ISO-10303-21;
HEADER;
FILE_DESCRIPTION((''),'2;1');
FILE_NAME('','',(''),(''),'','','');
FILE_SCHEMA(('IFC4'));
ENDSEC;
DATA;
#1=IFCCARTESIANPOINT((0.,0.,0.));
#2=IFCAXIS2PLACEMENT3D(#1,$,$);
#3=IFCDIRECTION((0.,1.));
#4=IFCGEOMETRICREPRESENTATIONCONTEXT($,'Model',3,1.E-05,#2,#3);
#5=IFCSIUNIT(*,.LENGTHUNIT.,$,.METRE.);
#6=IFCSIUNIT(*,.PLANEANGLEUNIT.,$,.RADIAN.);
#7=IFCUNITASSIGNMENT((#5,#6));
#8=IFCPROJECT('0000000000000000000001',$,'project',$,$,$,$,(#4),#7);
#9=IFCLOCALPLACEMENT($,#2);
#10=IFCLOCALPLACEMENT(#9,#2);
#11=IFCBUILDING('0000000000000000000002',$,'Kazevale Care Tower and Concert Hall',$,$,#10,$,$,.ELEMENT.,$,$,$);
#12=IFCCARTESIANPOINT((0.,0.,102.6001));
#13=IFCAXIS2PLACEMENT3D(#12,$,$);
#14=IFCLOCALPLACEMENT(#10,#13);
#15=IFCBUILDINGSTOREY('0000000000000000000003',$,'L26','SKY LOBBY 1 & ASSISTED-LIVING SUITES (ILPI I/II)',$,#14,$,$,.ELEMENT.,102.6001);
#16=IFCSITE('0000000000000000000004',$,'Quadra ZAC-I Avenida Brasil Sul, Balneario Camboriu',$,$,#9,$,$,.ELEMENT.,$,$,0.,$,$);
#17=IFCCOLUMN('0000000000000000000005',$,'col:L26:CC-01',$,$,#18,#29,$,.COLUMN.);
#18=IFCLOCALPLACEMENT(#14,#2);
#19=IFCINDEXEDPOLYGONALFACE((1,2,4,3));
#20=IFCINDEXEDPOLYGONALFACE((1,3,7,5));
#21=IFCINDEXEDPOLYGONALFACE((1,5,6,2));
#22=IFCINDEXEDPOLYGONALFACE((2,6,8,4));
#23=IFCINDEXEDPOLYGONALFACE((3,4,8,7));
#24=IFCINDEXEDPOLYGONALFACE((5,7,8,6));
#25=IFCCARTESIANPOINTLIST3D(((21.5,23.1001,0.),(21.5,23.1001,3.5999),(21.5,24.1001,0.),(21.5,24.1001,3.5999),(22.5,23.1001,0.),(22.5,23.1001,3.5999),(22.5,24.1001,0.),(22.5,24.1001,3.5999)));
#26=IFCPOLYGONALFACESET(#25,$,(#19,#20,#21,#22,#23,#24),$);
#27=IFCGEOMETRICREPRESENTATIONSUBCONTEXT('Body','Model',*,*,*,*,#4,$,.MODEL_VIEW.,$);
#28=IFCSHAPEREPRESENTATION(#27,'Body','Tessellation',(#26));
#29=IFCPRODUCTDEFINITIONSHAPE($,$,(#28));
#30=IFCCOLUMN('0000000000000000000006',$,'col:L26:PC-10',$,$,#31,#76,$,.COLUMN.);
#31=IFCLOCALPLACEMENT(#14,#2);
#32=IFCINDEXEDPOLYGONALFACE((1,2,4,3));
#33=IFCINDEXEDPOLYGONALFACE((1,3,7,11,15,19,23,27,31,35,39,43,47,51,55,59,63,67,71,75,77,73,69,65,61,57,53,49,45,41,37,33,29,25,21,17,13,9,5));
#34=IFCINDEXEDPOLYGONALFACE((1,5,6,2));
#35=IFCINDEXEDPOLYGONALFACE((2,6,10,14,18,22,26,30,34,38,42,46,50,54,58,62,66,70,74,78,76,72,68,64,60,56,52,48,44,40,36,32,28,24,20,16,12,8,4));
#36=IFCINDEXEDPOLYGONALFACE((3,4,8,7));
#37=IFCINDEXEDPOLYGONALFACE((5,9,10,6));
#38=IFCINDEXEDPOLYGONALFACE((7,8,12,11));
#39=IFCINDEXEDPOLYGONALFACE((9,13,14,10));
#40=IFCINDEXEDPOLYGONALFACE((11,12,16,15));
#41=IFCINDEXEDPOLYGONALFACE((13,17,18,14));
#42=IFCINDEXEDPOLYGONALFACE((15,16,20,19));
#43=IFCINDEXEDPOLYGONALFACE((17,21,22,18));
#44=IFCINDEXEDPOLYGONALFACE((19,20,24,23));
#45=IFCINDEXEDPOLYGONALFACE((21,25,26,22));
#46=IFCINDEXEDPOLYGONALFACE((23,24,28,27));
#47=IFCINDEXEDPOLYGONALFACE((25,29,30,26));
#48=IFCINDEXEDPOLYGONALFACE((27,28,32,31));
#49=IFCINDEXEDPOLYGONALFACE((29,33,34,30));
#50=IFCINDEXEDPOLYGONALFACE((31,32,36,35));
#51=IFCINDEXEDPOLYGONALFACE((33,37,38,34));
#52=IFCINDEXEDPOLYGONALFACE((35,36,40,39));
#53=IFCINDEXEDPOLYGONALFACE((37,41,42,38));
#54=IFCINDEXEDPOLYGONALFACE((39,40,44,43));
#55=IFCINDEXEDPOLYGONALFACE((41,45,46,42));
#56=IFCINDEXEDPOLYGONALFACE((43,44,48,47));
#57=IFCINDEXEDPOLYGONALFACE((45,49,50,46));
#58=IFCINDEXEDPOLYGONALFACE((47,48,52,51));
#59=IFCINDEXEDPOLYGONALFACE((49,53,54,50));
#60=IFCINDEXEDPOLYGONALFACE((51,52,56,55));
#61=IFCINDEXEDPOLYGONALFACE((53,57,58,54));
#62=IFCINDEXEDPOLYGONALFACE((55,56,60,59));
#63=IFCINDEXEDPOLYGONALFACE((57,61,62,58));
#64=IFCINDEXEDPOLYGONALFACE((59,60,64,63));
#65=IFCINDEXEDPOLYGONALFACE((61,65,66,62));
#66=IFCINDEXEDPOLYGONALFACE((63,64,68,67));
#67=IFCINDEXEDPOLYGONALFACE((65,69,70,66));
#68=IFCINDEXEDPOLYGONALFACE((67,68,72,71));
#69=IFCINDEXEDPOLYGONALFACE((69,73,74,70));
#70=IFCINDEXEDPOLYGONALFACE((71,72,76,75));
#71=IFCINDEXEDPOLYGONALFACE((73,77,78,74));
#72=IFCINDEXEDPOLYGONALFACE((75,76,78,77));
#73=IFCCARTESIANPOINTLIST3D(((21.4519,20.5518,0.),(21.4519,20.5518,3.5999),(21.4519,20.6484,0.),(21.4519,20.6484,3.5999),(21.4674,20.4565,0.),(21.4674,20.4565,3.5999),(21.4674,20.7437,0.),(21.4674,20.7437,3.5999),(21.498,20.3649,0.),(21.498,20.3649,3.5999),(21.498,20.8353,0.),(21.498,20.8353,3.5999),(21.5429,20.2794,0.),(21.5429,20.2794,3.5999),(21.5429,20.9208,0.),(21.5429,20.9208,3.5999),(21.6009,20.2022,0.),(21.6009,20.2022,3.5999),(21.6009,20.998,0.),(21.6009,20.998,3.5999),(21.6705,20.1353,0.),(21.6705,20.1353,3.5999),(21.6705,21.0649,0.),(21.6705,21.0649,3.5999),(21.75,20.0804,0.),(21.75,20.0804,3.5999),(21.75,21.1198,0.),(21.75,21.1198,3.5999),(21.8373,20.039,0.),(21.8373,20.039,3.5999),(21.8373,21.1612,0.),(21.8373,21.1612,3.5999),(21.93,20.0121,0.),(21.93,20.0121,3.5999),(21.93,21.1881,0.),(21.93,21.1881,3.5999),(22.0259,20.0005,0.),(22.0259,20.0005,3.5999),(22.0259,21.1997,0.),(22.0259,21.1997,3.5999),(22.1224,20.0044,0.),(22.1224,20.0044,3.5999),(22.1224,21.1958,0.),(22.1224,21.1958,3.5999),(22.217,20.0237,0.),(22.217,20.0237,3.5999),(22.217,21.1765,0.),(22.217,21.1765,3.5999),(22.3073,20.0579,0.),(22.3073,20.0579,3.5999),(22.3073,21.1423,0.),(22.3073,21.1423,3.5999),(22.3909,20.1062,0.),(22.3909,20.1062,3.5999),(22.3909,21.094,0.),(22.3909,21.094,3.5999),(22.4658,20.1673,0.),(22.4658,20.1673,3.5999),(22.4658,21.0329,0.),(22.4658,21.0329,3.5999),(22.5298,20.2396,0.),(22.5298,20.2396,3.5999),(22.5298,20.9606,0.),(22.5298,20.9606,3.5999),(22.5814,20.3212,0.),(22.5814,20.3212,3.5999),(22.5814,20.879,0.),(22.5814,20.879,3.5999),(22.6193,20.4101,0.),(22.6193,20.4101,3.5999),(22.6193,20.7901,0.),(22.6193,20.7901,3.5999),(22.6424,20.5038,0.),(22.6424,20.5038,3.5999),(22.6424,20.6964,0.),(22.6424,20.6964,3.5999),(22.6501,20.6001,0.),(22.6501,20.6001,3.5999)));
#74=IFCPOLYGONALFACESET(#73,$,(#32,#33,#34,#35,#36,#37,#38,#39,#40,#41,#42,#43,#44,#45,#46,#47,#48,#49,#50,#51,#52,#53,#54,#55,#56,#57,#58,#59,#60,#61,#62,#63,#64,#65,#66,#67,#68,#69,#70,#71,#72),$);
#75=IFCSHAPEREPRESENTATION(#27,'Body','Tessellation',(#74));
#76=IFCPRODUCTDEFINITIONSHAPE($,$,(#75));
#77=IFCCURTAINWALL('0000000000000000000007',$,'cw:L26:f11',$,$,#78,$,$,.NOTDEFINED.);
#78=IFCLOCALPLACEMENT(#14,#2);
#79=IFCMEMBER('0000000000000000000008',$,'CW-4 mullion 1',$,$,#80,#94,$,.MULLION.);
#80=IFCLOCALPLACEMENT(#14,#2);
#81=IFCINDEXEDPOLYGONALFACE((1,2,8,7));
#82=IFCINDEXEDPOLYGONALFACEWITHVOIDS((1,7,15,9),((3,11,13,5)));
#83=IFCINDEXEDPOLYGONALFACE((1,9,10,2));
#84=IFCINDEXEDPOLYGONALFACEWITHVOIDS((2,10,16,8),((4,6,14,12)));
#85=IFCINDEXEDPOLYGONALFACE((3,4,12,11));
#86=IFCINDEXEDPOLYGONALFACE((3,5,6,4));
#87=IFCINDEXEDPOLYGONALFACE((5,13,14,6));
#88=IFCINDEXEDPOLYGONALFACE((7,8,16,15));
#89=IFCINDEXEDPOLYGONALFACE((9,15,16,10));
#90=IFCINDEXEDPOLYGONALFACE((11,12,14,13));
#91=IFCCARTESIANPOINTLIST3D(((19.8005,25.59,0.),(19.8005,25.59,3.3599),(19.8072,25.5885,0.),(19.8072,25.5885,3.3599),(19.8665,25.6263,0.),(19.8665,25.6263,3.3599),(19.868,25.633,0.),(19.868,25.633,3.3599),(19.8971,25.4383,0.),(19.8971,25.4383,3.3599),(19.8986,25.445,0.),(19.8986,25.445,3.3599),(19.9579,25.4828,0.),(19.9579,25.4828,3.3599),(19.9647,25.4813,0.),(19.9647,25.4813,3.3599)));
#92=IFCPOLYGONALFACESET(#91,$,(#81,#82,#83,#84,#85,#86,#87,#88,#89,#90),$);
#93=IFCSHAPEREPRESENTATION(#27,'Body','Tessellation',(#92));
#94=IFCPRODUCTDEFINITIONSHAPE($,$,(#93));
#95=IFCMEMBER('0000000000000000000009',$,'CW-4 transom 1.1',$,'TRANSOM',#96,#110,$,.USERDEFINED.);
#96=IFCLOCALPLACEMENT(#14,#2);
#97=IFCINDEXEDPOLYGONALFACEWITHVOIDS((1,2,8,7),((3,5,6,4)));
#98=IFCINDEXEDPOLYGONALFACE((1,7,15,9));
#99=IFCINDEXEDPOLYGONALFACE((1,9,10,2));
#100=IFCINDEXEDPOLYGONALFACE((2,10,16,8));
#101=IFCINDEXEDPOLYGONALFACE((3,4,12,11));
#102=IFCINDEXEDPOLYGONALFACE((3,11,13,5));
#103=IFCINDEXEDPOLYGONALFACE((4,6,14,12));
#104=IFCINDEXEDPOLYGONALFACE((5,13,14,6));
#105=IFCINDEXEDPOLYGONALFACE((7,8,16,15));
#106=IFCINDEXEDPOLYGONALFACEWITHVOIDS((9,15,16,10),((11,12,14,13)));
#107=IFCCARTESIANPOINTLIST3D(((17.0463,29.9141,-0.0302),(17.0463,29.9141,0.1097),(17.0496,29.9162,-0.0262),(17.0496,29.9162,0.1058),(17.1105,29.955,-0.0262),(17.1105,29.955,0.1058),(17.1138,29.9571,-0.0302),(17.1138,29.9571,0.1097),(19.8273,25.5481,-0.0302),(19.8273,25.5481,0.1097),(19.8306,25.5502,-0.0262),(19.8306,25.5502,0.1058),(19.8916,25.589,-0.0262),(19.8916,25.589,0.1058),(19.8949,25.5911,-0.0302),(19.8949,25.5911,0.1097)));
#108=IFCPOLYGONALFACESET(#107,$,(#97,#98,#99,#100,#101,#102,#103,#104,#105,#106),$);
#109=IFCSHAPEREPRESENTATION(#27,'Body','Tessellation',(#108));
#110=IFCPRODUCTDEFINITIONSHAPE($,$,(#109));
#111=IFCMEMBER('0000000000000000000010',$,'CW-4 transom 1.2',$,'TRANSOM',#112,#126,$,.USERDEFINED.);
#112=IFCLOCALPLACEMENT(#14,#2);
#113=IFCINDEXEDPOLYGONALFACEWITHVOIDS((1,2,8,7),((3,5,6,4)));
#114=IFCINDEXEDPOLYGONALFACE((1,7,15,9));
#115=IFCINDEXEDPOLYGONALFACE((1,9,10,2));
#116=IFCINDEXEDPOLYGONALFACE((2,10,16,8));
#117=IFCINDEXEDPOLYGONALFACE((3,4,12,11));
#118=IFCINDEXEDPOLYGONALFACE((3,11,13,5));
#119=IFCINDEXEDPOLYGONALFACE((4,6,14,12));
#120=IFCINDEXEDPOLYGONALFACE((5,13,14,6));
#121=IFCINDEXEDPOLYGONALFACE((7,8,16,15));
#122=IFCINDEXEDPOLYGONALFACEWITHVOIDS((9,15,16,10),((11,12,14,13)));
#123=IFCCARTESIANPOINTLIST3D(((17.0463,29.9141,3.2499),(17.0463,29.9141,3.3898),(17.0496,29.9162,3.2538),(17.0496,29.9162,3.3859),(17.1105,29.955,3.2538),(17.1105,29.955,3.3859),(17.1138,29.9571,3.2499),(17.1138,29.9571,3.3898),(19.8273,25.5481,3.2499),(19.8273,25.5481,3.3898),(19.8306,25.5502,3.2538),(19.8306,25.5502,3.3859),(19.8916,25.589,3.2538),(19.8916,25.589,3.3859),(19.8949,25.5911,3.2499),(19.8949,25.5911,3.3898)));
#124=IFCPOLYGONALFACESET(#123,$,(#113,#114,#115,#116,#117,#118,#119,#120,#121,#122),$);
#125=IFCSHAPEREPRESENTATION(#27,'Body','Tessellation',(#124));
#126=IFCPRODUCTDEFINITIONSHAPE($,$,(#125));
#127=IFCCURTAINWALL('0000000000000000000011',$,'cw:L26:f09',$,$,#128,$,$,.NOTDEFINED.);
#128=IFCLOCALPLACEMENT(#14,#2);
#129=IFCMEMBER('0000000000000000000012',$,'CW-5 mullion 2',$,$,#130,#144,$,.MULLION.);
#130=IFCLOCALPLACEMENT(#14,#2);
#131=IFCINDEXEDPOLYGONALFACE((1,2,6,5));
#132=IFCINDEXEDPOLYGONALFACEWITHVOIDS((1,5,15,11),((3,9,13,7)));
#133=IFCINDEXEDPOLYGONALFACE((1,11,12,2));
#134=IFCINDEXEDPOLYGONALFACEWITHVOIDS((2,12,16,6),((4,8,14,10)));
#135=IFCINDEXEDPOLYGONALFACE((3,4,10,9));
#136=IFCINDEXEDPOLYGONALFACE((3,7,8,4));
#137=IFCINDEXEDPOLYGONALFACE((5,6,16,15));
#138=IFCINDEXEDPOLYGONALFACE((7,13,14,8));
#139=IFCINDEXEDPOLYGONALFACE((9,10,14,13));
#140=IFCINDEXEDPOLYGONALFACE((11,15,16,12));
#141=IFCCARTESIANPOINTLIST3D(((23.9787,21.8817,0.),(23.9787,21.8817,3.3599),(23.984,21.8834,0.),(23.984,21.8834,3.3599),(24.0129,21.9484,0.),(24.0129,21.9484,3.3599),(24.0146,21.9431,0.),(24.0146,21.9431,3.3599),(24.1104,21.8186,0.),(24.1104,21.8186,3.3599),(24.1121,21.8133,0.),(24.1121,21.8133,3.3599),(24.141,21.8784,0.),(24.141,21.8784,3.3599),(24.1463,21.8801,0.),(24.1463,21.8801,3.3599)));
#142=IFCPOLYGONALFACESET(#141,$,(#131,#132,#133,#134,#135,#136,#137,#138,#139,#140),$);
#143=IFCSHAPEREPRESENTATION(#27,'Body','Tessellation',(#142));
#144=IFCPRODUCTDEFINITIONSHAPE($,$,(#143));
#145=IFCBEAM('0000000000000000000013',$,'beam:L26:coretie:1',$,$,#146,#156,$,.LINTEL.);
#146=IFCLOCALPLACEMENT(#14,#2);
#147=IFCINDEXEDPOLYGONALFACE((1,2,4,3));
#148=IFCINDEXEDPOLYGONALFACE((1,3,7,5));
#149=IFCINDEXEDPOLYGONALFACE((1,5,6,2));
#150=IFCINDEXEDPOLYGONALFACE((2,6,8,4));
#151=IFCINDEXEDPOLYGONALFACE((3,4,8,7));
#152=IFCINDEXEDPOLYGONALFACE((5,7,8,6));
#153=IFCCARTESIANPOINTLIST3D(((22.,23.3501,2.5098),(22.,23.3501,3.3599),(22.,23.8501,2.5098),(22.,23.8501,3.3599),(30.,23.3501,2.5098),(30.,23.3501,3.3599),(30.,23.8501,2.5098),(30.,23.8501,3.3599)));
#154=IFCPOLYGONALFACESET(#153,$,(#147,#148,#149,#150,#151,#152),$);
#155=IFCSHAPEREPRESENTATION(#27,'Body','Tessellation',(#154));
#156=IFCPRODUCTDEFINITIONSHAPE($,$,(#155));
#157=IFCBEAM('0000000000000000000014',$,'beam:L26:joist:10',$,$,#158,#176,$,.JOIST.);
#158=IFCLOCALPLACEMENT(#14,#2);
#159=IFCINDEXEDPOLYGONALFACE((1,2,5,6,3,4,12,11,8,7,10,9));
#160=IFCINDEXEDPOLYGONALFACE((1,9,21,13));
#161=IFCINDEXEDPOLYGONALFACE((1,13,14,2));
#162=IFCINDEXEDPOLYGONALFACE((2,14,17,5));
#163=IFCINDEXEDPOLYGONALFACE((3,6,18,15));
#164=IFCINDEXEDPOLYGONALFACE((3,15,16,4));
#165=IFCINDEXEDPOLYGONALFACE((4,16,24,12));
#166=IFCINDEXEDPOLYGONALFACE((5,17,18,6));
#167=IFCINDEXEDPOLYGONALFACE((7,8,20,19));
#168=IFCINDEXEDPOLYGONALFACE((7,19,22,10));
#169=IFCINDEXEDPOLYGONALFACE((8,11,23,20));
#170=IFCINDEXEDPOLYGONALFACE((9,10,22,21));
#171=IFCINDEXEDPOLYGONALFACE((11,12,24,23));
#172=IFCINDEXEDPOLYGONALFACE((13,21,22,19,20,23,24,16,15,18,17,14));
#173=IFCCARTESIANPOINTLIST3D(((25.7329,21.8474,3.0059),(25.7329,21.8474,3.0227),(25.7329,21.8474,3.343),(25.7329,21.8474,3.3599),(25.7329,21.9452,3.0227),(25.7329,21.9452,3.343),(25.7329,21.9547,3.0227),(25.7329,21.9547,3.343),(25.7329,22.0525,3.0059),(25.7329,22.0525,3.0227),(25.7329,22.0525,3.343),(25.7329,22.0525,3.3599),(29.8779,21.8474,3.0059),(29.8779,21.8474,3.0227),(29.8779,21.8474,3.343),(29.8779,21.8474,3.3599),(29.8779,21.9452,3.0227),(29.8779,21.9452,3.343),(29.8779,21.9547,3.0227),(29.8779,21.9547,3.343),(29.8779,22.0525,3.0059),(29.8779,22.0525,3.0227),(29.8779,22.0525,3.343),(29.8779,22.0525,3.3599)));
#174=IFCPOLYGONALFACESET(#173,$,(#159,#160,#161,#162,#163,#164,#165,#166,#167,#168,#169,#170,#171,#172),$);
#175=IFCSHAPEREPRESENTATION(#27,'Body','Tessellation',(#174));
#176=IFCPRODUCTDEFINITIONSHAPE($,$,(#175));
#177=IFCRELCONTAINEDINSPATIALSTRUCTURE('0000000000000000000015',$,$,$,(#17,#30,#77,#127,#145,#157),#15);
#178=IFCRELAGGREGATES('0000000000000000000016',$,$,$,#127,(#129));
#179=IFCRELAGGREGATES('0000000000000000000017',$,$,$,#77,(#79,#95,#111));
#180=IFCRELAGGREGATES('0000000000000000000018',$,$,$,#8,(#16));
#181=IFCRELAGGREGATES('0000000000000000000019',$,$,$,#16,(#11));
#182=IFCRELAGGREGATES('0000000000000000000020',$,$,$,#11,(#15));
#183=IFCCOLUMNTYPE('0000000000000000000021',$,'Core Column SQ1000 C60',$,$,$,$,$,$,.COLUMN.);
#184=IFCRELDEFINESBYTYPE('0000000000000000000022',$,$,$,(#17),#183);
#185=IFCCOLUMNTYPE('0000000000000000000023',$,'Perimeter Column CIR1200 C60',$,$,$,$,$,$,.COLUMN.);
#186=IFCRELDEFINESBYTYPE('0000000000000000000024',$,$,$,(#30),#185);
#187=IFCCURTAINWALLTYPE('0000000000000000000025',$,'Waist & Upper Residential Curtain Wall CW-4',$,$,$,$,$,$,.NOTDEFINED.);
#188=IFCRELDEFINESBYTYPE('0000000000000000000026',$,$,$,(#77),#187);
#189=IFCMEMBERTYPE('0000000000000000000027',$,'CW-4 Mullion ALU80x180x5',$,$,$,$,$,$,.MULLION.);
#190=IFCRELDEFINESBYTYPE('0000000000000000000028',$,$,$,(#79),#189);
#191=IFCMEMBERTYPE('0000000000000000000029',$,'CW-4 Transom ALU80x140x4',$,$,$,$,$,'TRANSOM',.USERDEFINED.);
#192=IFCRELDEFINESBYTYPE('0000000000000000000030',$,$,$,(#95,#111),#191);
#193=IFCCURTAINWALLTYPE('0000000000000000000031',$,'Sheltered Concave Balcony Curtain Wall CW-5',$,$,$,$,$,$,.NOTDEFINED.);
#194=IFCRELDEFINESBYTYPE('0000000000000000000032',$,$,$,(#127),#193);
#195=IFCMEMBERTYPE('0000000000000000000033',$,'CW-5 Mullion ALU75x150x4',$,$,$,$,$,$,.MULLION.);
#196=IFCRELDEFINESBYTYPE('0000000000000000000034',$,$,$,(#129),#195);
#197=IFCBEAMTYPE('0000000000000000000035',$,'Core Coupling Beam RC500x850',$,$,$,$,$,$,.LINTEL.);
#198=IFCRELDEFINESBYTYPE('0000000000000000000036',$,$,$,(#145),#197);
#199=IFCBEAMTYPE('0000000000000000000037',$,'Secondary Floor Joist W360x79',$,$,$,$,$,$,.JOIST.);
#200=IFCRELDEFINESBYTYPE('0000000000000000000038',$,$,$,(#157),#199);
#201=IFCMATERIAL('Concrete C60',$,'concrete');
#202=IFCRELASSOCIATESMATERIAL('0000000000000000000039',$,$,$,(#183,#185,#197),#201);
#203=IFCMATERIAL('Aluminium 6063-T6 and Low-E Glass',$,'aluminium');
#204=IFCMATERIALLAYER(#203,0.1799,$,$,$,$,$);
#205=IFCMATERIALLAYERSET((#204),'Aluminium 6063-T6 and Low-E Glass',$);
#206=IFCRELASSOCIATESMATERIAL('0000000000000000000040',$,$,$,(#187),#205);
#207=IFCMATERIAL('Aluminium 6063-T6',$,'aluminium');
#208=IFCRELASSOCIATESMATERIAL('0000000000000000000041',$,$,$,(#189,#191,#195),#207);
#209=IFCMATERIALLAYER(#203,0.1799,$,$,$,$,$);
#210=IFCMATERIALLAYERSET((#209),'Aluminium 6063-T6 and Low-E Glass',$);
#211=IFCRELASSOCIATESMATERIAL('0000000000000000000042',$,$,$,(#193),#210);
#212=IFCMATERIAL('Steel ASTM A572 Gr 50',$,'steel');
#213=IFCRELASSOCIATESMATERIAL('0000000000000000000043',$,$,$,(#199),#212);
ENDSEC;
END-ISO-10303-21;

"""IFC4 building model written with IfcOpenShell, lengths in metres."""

from ifc_helpers import new_model, si_unit, direction, frame, origin, origin_2d, place, context, subcontext, project, spatial, rectangle, hollow_rectangle, circle, i_section, extrude, material, layer, layer_set, material_profile, profile_set, type_object, element, aggregate, save


model = new_model("IFC4")

# Units and contexts
model_context = context("Model", 3, precision=1e-05, world=origin(), true_north=direction((0.0, 1.0)))
body_context = subcontext(model_context, "Body", "Model", "MODEL_VIEW")
ifc_project = project(units=[si_unit("LENGTHUNIT", "METRE"), si_unit("PLANEANGLEUNIT", "RADIAN")], contexts=[model_context])

# Site, building, storey
site_placement = place(None, origin())
site = spatial("IfcSite", under=ifc_project, at=site_placement, Name="Quadra ZAC-I Avenida Brasil Sul, Balneario Camboriu", CompositionType="ELEMENT", RefElevation=0.0)
building_placement = place(site_placement, origin())
building = spatial("IfcBuilding", under=site, at=building_placement, Name="Kazevale Care Tower and Concert Hall", CompositionType="ELEMENT")
storey_placement = place(building_placement, frame((0.0, 0.0, 102.6001)))
storey = spatial("IfcBuildingStorey", under=building, at=storey_placement, Name="L26", Description="SKY LOBBY 1 & ASSISTED-LIVING SUITES (ILPI I/II)", CompositionType="ELEMENT", Elevation=102.6001)

# Columns
ifc_material_1 = material(Name="Concrete C60", Category="concrete")
ifc_material_profile_1 = material_profile(ifc_material_1, rectangle(XDim=1.0, YDim=1.0, at=origin_2d()), Name="RC-SQ1000")
ifc_profile_set_1 = profile_set([ifc_material_profile_1], Name="Concrete C60")
column_type_1 = type_object("IfcColumnType", Name="Core Column SQ1000 C60", PredefinedType="COLUMN", material=ifc_profile_set_1)
column_1_placement = place(storey_placement, frame((22.0, 23.6001, 0.0), z_axis=(0.0, 0.0, 1.0), x_axis=(1.0, 0.0, 0.0)))
element("IfcColumn", 1, at=column_1_placement, inside=storey, type_object=column_type_1, Name="col:L26:CC-01", PredefinedType="COLUMN", context=body_context, shape_type="SweptSolid", body=[
    extrude(rectangle(XDim=1.0, YDim=1.0, at=origin_2d()), origin(), (0.0, 0.0, 1.0), 3.5999),
])
ifc_material_profile_2 = material_profile(ifc_material_1, circle(Radius=0.6001, at=origin_2d()), Name="RC-CIR1200")
ifc_profile_set_2 = profile_set([ifc_material_profile_2], Name="Concrete C60")
column_type_2 = type_object("IfcColumnType", Name="Perimeter Column CIR1200 C60", PredefinedType="COLUMN", material=ifc_profile_set_2)
column_2_placement = place(storey_placement, frame((22.05, 20.6001, 0.0), z_axis=(0.0, 0.0, 1.0), x_axis=(1.0, 0.0, 0.0)))
element("IfcColumn", 2, at=column_2_placement, inside=storey, type_object=column_type_2, Name="col:L26:PC-10", PredefinedType="COLUMN", context=body_context, shape_type="SweptSolid", body=[
    extrude(circle(Radius=0.6001, at=origin_2d()), origin(), (0.0, 0.0, 1.0), 3.5999),
])

# Curtain wall, members
ifc_material_2 = material(Name="Aluminium 6063-T6 and Low-E Glass", Category="aluminium")
ifc_layer_1 = layer(ifc_material_2, 0.1799)
ifc_layer_set_1 = layer_set([ifc_layer_1], Name="Aluminium 6063-T6 and Low-E Glass")
curtain_wall_type_1 = type_object("IfcCurtainWallType", Name="Waist & Upper Residential Curtain Wall CW-4", PredefinedType="NOTDEFINED", material=ifc_layer_set_1)
curtain_wall_1_placement = place(storey_placement, origin())
curtain_wall_1 = element("IfcCurtainWall", 3, at=curtain_wall_1_placement, inside=storey, type_object=curtain_wall_type_1, Name="cw:L26:f11", PredefinedType="NOTDEFINED")
ifc_material_3 = material(Name="Aluminium 6063-T6", Category="aluminium")
ifc_material_profile_3 = material_profile(ifc_material_3, hollow_rectangle(XDim=0.0801, YDim=0.1799, WallThickness=0.0049, at=origin_2d()), Name="ALU80x180x5")
ifc_profile_set_3 = profile_set([ifc_material_profile_3], Name="Aluminium 6063-T6")
member_type_1 = type_object("IfcMemberType", Name="CW-4 Mullion ALU80x180x5", PredefinedType="MULLION", material=ifc_profile_set_3)
member_1_placement = place(storey_placement, frame((19.8826, 25.5356, 0.0), z_axis=(0.0, 0.0, 1.0), x_axis=(-0.84343, -0.537239, 0.0)))
member_1 = element("IfcMember", 4, at=member_1_placement, type_object=member_type_1, Name="CW-4 mullion 1", PredefinedType="MULLION", context=body_context, shape_type="SweptSolid", body=[
    extrude(hollow_rectangle(XDim=0.0801, YDim=0.1799, WallThickness=0.0049, at=origin_2d()), origin(), (0.0, 0.0, 1.0), 3.3599),
])
ifc_material_profile_4 = material_profile(ifc_material_3, hollow_rectangle(XDim=0.0801, YDim=0.1399, WallThickness=0.0039, at=origin_2d()), Name="ALU80x140x4")
ifc_profile_set_4 = profile_set([ifc_material_profile_4], Name="Aluminium 6063-T6")
member_type_2 = type_object("IfcMemberType", Name="CW-4 Transom ALU80x140x4", ElementType="TRANSOM", PredefinedType="USERDEFINED", material=ifc_profile_set_4)
member_2_placement = place(storey_placement, frame((19.8611, 25.5696, 0.0398), z_axis=(-0.537242, 0.843428, 0.0), x_axis=(-0.843428, -0.537242, 0.0)))
member_2 = element("IfcMember", 5, at=member_2_placement, type_object=member_type_2, Name="CW-4 transom 1.1", ObjectType="TRANSOM", PredefinedType="USERDEFINED", context=body_context, shape_type="SweptSolid", body=[
    extrude(hollow_rectangle(XDim=0.0801, YDim=0.1399, WallThickness=0.0039, at=origin_2d()), origin(), (0.0, 0.0, 1.0), 5.1765),
])
member_3_placement = place(storey_placement, frame((19.8611, 25.5696, 3.3198), z_axis=(-0.537242, 0.843428, 0.0), x_axis=(-0.843428, -0.537242, 0.0)))
member_3 = element("IfcMember", 6, at=member_3_placement, type_object=member_type_2, Name="CW-4 transom 1.2", ObjectType="TRANSOM", PredefinedType="USERDEFINED", context=body_context, shape_type="SweptSolid", body=[
    extrude(hollow_rectangle(XDim=0.0801, YDim=0.1399, WallThickness=0.0039, at=origin_2d()), origin(), (0.0, 0.0, 1.0), 5.1765),
])

# Curtain wall, member
ifc_layer_2 = layer(ifc_material_2, 0.1799)
ifc_layer_set_2 = layer_set([ifc_layer_2], Name="Aluminium 6063-T6 and Low-E Glass")
curtain_wall_type_2 = type_object("IfcCurtainWallType", Name="Sheltered Concave Balcony Curtain Wall CW-5", PredefinedType="NOTDEFINED", material=ifc_layer_set_2)
curtain_wall_2_placement = place(storey_placement, origin())
curtain_wall_2 = element("IfcCurtainWall", 7, at=curtain_wall_2_placement, inside=storey, type_object=curtain_wall_type_2, Name="cw:L26:f09", PredefinedType="NOTDEFINED")
ifc_material_profile_5 = material_profile(ifc_material_3, hollow_rectangle(XDim=0.075, YDim=0.1499, WallThickness=0.0039, at=origin_2d()), Name="ALU75x150x4")
ifc_profile_set_5 = profile_set([ifc_material_profile_5], Name="Aluminium 6063-T6")
member_type_3 = type_object("IfcMemberType", Name="CW-5 Mullion ALU75x150x4", PredefinedType="MULLION", material=ifc_profile_set_5)
member_4_placement = place(storey_placement, frame((24.0625, 21.8809, 0.0), z_axis=(0.0, 0.0, 1.0), x_axis=(-0.455713, -0.890127, 0.0)))
member_4 = element("IfcMember", 8, at=member_4_placement, type_object=member_type_3, Name="CW-5 mullion 2", PredefinedType="MULLION", context=body_context, shape_type="SweptSolid", body=[
    extrude(hollow_rectangle(XDim=0.075, YDim=0.1499, WallThickness=0.0039, at=origin_2d()), origin(), (0.0, 0.0, 1.0), 3.3599),
])
aggregate(curtain_wall_2, [member_4])

# Beams
ifc_material_profile_6 = material_profile(ifc_material_1, rectangle(XDim=0.5, YDim=0.8501, at=origin_2d()), Name="RC-B500x850")
ifc_profile_set_6 = profile_set([ifc_material_profile_6], Name="Concrete C60")
beam_type_1 = type_object("IfcBeamType", Name="Core Coupling Beam RC500x850", PredefinedType="LINTEL", material=ifc_profile_set_6)
beam_1_placement = place(storey_placement, frame((22.0, 23.6001, 2.9348), z_axis=(1.0, 0.0, 0.0), x_axis=(0.0, 1.0, 0.0)))
element("IfcBeam", 9, at=beam_1_placement, inside=storey, type_object=beam_type_1, Name="beam:L26:coretie:1", PredefinedType="LINTEL", context=body_context, shape_type="SweptSolid", body=[
    extrude(rectangle(XDim=0.5, YDim=0.8501, at=origin_2d()), origin(), (0.0, 0.0, 1.0), 8.0),
])
ifc_material_4 = material(Name="Steel ASTM A572 Gr 50", Category="steel")
ifc_material_profile_7 = material_profile(ifc_material_4, i_section(OverallWidth=0.2051, OverallDepth=0.354, WebThickness=0.0095, FlangeThickness=0.0168, at=origin_2d()), Name="W360x79")
ifc_profile_set_7 = profile_set([ifc_material_profile_7], Name="Steel ASTM A572 Gr 50")
beam_type_2 = type_object("IfcBeamType", Name="Secondary Floor Joist W360x79", PredefinedType="JOIST", material=ifc_profile_set_7)
beam_2_placement = place(storey_placement, frame((25.7329, 21.95, 3.1829), z_axis=(1.0, 0.0, 0.0), x_axis=(0.0, 1.0, 0.0)))
element("IfcBeam", 10, at=beam_2_placement, inside=storey, type_object=beam_type_2, Name="beam:L26:joist:10", PredefinedType="JOIST", context=body_context, shape_type="SweptSolid", body=[
    extrude(i_section(OverallWidth=0.2051, OverallDepth=0.354, WebThickness=0.0095, FlangeThickness=0.0168, at=origin_2d()), origin(), (0.0, 0.0, 1.0), 4.145),
])

aggregate(curtain_wall_1, [member_1, member_2, member_3])

save(model, "model.ifc")
